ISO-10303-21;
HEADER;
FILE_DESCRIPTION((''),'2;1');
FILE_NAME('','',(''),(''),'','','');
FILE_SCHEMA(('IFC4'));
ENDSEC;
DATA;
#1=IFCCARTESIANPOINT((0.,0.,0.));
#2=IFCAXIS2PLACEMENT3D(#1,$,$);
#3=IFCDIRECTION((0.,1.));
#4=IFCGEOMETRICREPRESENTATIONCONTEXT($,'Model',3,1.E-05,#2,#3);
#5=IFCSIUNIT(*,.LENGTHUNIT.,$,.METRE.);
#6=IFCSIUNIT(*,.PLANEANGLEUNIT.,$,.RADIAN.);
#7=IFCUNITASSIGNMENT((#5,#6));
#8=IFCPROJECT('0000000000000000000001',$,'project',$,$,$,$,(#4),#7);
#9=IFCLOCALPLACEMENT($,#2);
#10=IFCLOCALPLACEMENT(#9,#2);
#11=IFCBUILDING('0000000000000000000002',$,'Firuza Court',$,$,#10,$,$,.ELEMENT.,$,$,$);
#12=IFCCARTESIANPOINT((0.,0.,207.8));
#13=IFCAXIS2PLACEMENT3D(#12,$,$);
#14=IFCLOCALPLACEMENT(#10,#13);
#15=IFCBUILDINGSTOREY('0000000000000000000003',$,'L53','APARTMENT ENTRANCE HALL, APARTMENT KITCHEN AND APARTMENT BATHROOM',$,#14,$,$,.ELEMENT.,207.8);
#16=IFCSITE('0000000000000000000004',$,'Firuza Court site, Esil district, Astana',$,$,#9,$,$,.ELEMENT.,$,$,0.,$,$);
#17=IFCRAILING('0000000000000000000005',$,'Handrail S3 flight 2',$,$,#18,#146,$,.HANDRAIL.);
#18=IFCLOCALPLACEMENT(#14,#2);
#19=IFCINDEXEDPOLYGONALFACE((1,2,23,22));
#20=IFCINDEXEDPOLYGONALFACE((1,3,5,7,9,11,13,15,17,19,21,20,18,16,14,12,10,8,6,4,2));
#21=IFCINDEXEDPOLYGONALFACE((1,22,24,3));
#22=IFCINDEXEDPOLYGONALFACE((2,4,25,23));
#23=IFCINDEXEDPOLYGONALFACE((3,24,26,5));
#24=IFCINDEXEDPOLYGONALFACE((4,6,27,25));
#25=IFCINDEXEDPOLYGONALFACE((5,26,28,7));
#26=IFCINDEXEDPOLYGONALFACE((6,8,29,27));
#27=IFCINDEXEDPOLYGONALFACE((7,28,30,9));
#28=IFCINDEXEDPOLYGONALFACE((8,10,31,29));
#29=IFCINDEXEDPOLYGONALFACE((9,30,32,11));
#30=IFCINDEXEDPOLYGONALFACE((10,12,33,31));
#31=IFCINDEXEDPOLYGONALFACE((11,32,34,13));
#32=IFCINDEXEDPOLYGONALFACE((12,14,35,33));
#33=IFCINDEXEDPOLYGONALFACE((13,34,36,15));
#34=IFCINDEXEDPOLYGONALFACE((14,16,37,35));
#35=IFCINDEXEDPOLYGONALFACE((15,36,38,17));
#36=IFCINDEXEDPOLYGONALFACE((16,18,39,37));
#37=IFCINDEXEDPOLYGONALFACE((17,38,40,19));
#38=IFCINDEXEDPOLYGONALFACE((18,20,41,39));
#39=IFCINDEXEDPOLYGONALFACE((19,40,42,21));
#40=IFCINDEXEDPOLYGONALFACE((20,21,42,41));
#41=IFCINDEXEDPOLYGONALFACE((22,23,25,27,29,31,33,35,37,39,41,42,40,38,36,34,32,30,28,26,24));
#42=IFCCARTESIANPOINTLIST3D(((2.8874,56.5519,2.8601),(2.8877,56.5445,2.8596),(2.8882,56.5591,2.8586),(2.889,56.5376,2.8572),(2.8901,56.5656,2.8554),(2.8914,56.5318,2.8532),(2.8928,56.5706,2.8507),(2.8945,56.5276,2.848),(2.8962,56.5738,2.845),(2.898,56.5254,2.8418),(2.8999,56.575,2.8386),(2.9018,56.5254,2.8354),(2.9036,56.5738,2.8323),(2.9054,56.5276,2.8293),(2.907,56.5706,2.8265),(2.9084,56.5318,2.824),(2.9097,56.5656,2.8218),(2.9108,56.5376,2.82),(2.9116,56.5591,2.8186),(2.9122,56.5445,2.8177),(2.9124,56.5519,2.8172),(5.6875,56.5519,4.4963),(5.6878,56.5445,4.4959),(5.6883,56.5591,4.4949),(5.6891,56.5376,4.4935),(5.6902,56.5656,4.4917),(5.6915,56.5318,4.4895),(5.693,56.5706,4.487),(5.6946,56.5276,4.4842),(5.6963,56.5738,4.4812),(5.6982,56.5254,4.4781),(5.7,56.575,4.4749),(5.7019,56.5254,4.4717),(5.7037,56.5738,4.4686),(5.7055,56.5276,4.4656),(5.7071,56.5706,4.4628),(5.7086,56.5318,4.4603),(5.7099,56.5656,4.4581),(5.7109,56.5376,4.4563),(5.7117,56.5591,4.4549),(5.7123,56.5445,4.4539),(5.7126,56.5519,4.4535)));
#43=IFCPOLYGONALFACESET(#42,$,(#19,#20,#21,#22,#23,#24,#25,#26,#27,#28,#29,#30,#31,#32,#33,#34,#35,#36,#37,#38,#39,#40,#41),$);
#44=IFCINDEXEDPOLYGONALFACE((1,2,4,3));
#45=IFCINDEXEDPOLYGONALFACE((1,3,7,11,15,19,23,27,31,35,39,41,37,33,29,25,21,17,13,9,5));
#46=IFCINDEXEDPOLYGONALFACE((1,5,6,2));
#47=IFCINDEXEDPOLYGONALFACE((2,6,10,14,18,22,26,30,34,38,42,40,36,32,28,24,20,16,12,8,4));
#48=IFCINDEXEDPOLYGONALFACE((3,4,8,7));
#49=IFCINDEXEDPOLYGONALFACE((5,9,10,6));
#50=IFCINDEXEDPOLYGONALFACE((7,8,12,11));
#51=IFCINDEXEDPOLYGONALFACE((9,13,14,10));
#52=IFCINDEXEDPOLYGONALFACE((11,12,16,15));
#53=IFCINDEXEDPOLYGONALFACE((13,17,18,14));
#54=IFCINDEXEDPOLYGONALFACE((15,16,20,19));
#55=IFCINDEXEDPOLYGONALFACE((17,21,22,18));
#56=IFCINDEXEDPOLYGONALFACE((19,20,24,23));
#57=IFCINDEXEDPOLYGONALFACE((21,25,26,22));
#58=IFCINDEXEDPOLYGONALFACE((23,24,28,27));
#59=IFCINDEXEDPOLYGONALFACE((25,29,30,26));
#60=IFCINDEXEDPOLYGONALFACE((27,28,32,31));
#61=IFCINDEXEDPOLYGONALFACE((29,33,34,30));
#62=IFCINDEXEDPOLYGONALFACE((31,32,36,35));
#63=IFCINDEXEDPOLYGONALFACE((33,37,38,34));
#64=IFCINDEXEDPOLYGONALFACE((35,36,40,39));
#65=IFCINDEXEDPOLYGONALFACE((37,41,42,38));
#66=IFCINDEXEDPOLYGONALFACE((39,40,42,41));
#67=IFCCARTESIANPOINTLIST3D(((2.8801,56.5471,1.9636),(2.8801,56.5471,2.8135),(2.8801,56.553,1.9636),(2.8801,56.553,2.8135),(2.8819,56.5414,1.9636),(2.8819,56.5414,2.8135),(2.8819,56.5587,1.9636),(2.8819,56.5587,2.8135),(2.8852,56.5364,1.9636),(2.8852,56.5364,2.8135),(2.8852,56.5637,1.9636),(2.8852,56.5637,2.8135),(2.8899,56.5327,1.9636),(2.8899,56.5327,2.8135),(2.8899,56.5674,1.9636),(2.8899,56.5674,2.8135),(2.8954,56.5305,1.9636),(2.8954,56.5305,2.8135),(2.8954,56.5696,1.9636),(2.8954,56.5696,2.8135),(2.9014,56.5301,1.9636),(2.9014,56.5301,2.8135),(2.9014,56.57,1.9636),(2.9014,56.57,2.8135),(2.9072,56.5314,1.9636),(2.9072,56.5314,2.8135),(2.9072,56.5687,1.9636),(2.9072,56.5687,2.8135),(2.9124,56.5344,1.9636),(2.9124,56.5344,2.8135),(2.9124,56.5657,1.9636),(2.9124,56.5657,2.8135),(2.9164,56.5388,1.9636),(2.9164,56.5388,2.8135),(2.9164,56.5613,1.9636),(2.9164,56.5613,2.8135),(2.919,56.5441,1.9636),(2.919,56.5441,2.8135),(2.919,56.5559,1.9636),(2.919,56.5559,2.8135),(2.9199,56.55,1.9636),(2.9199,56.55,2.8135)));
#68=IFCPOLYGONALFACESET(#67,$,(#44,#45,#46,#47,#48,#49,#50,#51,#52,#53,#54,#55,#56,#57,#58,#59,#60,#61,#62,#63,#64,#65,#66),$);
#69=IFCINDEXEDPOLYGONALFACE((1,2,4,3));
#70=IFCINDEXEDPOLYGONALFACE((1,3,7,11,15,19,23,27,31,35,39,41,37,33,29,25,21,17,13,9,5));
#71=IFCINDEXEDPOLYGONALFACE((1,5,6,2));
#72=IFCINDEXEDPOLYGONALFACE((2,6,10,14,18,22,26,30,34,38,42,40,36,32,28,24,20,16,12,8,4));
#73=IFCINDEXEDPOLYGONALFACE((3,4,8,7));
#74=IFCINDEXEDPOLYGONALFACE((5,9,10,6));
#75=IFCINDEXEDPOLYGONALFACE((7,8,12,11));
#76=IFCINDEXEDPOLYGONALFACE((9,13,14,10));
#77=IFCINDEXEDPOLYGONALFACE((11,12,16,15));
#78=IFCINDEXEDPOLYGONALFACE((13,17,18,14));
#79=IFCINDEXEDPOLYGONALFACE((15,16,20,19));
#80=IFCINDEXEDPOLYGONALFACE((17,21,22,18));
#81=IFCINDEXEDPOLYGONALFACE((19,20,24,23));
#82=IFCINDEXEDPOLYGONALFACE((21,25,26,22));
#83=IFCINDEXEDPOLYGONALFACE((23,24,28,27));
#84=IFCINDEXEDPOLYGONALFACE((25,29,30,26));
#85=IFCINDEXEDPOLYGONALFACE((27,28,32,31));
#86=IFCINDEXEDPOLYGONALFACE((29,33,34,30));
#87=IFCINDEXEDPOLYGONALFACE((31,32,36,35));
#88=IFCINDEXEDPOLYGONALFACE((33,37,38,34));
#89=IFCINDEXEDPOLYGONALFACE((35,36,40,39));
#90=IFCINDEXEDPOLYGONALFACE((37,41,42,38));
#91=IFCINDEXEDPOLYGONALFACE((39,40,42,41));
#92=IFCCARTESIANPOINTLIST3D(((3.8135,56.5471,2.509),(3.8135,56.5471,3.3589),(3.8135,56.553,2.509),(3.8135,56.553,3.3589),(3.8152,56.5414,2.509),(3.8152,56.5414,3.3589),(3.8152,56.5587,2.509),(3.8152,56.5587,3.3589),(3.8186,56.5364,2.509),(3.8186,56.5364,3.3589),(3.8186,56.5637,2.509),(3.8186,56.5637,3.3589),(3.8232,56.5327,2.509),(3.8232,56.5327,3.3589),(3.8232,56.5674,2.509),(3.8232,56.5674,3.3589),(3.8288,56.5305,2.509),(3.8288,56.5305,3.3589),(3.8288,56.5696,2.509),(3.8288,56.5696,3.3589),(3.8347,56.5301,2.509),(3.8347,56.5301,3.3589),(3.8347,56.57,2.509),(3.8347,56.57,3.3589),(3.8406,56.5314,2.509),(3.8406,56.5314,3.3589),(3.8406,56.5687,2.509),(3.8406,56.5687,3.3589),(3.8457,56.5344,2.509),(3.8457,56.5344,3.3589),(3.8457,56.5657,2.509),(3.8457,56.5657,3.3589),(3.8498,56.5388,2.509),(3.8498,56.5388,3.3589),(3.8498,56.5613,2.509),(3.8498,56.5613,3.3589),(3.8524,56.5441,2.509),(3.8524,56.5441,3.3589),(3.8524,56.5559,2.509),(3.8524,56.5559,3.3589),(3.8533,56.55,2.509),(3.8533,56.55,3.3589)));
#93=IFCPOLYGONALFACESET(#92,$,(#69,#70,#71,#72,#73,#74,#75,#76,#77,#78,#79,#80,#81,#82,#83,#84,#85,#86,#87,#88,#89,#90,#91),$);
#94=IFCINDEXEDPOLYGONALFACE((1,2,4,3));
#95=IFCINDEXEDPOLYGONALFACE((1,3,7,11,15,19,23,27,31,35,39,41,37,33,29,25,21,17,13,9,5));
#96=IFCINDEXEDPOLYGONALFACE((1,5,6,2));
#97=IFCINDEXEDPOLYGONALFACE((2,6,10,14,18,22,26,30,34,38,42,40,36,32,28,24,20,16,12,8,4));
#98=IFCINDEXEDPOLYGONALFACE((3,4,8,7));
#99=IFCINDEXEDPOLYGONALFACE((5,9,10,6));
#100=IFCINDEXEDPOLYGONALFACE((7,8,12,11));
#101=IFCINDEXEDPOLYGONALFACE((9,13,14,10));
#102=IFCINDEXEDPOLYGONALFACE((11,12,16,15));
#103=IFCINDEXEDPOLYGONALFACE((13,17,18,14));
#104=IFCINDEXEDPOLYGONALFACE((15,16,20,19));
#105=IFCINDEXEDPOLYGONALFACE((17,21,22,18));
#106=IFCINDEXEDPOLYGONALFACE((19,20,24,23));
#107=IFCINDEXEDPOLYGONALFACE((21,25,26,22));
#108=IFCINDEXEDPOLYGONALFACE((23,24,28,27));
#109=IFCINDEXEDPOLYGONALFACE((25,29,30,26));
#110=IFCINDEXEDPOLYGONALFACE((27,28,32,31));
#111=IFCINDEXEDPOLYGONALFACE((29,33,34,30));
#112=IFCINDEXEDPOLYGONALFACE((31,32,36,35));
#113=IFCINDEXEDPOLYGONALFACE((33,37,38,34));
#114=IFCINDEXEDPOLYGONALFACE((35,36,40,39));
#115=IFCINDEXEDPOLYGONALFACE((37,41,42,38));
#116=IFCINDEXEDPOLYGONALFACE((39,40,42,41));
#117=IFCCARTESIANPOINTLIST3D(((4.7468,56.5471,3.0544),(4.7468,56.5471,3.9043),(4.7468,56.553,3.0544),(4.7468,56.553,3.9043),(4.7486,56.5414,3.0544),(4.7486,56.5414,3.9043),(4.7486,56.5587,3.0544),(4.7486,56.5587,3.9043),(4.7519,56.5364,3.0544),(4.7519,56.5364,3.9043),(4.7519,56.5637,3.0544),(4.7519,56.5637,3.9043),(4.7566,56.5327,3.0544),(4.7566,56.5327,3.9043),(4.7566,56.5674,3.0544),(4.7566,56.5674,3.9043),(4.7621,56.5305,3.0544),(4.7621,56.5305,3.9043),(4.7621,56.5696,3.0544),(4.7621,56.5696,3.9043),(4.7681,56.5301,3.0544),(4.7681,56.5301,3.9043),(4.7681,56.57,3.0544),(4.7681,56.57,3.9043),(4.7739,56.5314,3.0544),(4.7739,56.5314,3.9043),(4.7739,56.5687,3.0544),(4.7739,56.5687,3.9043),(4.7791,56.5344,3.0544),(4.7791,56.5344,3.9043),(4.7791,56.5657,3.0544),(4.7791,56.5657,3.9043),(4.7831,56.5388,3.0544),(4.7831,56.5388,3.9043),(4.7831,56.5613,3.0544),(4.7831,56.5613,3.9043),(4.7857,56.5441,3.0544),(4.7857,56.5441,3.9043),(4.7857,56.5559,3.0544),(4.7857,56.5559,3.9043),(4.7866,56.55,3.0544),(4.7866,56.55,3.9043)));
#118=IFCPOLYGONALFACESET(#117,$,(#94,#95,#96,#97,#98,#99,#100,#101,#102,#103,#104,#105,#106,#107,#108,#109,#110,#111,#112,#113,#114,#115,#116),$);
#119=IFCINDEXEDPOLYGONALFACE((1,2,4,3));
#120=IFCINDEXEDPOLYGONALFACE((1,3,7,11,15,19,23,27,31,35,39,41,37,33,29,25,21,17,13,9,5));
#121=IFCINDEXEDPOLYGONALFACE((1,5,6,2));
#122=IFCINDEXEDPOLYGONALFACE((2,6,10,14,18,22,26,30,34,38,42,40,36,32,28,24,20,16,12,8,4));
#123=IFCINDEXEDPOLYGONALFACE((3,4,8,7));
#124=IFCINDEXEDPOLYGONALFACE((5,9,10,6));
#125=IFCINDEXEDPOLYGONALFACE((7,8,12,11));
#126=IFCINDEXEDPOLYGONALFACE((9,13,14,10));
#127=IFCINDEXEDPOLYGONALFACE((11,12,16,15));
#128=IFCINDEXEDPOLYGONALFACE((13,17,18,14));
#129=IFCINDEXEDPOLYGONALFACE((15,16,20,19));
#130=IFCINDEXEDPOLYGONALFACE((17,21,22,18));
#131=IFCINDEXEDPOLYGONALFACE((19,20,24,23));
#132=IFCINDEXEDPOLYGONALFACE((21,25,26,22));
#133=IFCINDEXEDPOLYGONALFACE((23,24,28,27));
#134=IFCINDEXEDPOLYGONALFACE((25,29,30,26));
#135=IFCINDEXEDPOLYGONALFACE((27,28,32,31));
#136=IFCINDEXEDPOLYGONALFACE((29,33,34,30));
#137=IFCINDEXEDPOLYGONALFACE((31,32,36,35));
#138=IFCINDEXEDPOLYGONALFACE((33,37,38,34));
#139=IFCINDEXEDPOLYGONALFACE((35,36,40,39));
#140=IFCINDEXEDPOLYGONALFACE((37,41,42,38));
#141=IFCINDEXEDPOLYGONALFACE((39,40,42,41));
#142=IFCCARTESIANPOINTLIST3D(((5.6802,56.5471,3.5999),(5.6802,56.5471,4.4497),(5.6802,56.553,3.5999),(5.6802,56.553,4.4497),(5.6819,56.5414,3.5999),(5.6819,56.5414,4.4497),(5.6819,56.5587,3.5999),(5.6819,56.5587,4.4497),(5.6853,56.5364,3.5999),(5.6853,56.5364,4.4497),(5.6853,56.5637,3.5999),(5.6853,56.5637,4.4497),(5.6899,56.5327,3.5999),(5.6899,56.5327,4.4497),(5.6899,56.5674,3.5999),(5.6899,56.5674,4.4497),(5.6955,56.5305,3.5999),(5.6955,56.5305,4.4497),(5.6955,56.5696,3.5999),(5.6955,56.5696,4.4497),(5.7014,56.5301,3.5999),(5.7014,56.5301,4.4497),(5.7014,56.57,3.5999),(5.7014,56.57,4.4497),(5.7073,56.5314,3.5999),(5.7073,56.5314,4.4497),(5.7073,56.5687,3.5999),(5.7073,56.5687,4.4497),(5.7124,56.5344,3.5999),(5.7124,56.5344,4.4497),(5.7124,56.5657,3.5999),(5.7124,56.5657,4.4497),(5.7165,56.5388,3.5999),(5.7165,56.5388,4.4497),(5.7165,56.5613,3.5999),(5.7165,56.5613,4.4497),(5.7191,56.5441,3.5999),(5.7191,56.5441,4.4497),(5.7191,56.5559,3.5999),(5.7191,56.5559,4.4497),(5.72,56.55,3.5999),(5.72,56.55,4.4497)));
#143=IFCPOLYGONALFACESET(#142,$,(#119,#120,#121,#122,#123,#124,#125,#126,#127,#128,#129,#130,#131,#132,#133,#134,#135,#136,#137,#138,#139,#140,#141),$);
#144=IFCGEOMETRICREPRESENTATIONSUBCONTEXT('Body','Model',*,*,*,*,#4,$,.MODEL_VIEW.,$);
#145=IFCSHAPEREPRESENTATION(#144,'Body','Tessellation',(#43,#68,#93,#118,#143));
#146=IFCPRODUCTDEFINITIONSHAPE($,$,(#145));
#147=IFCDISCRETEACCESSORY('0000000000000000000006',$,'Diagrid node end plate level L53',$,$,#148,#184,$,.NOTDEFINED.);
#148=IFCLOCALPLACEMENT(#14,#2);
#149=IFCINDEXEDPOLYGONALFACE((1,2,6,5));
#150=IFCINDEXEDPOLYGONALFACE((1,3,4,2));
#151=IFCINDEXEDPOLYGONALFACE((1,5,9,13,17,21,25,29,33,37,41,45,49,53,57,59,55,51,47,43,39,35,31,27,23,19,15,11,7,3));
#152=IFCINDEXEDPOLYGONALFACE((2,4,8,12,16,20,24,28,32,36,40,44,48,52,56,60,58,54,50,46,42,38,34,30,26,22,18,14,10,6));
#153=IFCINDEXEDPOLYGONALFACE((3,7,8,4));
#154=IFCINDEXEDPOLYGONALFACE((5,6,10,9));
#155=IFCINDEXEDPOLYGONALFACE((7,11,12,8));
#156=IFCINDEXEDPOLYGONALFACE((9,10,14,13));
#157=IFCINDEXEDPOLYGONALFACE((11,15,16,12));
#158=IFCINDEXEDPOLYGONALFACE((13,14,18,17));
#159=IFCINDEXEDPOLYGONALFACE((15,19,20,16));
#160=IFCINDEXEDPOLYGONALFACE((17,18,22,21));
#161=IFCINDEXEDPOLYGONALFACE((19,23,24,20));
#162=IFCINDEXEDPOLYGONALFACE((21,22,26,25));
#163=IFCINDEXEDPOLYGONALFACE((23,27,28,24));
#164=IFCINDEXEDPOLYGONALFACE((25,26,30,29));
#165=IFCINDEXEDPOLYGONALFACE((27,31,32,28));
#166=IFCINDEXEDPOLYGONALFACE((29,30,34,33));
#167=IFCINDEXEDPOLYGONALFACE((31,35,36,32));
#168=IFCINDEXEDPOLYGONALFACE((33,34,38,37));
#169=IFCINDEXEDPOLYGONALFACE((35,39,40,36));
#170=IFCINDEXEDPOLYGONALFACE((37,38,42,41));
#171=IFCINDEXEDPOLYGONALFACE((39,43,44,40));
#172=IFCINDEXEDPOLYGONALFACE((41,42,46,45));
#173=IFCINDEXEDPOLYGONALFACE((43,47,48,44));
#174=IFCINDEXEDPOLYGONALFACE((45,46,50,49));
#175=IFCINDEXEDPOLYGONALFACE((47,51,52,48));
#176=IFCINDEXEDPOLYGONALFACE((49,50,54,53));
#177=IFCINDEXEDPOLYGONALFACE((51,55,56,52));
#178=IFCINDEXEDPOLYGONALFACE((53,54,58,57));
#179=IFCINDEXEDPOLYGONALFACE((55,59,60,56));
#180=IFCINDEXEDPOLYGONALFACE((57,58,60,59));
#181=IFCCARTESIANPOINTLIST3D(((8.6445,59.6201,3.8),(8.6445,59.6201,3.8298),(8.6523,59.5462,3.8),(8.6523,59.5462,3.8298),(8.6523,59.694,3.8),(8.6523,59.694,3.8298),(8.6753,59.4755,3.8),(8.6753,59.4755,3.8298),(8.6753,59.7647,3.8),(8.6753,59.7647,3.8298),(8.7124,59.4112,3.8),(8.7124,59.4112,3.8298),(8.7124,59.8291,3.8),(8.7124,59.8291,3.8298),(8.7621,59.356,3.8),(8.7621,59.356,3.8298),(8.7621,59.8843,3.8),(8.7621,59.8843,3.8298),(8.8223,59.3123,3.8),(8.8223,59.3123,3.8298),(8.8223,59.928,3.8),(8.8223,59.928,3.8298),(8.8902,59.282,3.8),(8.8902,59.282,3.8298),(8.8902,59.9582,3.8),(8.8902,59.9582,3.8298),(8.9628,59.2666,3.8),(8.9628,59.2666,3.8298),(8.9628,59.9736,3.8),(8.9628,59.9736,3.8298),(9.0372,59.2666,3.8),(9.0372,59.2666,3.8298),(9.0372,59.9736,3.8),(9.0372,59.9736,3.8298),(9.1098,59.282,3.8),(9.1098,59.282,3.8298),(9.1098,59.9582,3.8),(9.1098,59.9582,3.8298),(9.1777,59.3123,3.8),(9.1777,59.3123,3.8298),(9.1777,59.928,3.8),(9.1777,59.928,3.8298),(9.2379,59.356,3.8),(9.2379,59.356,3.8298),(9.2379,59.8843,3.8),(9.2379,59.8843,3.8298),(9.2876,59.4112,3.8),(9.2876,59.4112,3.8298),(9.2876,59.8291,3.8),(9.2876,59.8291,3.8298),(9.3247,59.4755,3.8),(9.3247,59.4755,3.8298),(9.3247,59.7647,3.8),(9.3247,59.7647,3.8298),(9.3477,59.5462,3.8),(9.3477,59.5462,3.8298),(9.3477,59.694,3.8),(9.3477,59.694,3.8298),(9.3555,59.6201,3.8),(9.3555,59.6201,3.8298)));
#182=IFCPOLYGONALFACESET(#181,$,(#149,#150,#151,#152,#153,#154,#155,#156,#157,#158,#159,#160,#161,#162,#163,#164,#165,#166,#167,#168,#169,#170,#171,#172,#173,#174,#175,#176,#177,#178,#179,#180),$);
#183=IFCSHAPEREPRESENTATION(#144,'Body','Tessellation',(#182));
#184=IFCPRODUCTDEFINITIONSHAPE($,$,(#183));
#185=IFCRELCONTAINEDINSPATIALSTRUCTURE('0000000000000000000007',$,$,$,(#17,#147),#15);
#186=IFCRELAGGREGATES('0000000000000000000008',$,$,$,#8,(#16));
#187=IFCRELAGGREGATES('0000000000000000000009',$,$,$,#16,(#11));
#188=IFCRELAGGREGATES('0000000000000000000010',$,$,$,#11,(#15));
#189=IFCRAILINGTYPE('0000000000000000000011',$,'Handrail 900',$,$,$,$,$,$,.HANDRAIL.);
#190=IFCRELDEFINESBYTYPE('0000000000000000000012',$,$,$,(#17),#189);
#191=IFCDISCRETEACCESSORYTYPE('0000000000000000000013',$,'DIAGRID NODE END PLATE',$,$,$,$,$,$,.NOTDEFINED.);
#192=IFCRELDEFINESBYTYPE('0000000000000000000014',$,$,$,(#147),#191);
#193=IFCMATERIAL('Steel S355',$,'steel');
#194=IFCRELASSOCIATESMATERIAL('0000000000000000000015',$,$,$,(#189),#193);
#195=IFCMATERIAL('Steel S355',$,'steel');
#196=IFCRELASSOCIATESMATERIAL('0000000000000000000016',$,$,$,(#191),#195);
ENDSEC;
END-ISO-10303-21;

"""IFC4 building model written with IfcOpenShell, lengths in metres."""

from ifc_helpers import new_model, si_unit, direction, frame, origin, origin_2d, place, context, subcontext, project, spatial, circle, extrude, material, material_profile, profile_set, type_object, element, save


model = new_model("IFC4")

# Units and contexts
model_context = context("Model", 3, precision=1e-05, world=origin(), true_north=direction((0.0, 1.0)))
body_context = subcontext(model_context, "Body", "Model", "MODEL_VIEW")
ifc_project = project(units=[si_unit("LENGTHUNIT", "METRE"), si_unit("PLANEANGLEUNIT", "RADIAN")], contexts=[model_context])

# Site, building, storey
site_placement = place(None, origin())
site = spatial("IfcSite", under=ifc_project, at=site_placement, Name="Firuza Court site, Esil district, Astana", CompositionType="ELEMENT", RefElevation=0.0)
building_placement = place(site_placement, origin())
building = spatial("IfcBuilding", under=site, at=building_placement, Name="Firuza Court", CompositionType="ELEMENT")
storey_placement = place(building_placement, frame((0.0, 0.0, 207.8)))
storey = spatial("IfcBuildingStorey", under=building, at=storey_placement, Name="L53", Description="APARTMENT ENTRANCE HALL, APARTMENT KITCHEN AND APARTMENT BATHROOM", CompositionType="ELEMENT", Elevation=207.8)

# Railing
ifc_material_1 = material(Name="Steel S355", Category="steel")
railing_type_1 = type_object("IfcRailingType", Name="Handrail 900", PredefinedType="HANDRAIL", material=ifc_material_1)
railing_1_placement = place(storey_placement, frame((2.8999, 56.55, 1.9636)))
element("IfcRailing", 1, at=railing_1_placement, inside=storey, type_object=railing_type_1, Name="Handrail S3 flight 2", PredefinedType="HANDRAIL", context=body_context, shape_type="SweptSolid", body=[
    extrude(circle(Radius=0.0249, at=origin_2d()), frame((0.0, 0.0, 0.875), z_axis=(0.863394, 0.0, 0.504531), x_axis=(0.0, 1.0, 0.0)), (0.0, 0.0, 1.0), 3.2432),
    extrude(circle(Radius=0.02, at=origin_2d()), origin(), (0.0, 0.0, 1.0), 0.8499),
    extrude(circle(Radius=0.02, at=origin_2d()), frame((0.9333, 0.0, 0.5454)), (0.0, 0.0, 1.0), 0.8499),
    extrude(circle(Radius=0.02, at=origin_2d()), frame((1.8667, 0.0, 1.0908)), (0.0, 0.0, 1.0), 0.8499),
    extrude(circle(Radius=0.02, at=origin_2d()), frame((2.8, 0.0, 1.6362)), (0.0, 0.0, 1.0), 0.8499),
])

# Discrete accessory
ifc_material_2 = material(Name="Steel S355", Category="steel")
ifc_material_profile_1 = material_profile(ifc_material_2, circle(Radius=0.3555, at=origin_2d()), Name="PL D711")
ifc_profile_set_1 = profile_set([ifc_material_profile_1], Name="Steel S355")
discrete_accessory_type = type_object("IfcDiscreteAccessoryType", Name="DIAGRID NODE END PLATE", PredefinedType="NOTDEFINED", material=ifc_profile_set_1)
discrete_accessory_1_placement = place(storey_placement, frame((9.0, 59.6201, 3.8), z_axis=(0.0, 0.0, 1.0), x_axis=(1.0, 0.0, 0.0)))
element("IfcDiscreteAccessory", 2, at=discrete_accessory_1_placement, inside=storey, type_object=discrete_accessory_type, Name="Diagrid node end plate level L53", PredefinedType="NOTDEFINED", context=body_context, shape_type="SweptSolid", body=[
    extrude(circle(Radius=0.3555, at=origin_2d()), origin(), (0.0, 0.0, 1.0), 0.0298),
])

save(model, "model.ifc")
